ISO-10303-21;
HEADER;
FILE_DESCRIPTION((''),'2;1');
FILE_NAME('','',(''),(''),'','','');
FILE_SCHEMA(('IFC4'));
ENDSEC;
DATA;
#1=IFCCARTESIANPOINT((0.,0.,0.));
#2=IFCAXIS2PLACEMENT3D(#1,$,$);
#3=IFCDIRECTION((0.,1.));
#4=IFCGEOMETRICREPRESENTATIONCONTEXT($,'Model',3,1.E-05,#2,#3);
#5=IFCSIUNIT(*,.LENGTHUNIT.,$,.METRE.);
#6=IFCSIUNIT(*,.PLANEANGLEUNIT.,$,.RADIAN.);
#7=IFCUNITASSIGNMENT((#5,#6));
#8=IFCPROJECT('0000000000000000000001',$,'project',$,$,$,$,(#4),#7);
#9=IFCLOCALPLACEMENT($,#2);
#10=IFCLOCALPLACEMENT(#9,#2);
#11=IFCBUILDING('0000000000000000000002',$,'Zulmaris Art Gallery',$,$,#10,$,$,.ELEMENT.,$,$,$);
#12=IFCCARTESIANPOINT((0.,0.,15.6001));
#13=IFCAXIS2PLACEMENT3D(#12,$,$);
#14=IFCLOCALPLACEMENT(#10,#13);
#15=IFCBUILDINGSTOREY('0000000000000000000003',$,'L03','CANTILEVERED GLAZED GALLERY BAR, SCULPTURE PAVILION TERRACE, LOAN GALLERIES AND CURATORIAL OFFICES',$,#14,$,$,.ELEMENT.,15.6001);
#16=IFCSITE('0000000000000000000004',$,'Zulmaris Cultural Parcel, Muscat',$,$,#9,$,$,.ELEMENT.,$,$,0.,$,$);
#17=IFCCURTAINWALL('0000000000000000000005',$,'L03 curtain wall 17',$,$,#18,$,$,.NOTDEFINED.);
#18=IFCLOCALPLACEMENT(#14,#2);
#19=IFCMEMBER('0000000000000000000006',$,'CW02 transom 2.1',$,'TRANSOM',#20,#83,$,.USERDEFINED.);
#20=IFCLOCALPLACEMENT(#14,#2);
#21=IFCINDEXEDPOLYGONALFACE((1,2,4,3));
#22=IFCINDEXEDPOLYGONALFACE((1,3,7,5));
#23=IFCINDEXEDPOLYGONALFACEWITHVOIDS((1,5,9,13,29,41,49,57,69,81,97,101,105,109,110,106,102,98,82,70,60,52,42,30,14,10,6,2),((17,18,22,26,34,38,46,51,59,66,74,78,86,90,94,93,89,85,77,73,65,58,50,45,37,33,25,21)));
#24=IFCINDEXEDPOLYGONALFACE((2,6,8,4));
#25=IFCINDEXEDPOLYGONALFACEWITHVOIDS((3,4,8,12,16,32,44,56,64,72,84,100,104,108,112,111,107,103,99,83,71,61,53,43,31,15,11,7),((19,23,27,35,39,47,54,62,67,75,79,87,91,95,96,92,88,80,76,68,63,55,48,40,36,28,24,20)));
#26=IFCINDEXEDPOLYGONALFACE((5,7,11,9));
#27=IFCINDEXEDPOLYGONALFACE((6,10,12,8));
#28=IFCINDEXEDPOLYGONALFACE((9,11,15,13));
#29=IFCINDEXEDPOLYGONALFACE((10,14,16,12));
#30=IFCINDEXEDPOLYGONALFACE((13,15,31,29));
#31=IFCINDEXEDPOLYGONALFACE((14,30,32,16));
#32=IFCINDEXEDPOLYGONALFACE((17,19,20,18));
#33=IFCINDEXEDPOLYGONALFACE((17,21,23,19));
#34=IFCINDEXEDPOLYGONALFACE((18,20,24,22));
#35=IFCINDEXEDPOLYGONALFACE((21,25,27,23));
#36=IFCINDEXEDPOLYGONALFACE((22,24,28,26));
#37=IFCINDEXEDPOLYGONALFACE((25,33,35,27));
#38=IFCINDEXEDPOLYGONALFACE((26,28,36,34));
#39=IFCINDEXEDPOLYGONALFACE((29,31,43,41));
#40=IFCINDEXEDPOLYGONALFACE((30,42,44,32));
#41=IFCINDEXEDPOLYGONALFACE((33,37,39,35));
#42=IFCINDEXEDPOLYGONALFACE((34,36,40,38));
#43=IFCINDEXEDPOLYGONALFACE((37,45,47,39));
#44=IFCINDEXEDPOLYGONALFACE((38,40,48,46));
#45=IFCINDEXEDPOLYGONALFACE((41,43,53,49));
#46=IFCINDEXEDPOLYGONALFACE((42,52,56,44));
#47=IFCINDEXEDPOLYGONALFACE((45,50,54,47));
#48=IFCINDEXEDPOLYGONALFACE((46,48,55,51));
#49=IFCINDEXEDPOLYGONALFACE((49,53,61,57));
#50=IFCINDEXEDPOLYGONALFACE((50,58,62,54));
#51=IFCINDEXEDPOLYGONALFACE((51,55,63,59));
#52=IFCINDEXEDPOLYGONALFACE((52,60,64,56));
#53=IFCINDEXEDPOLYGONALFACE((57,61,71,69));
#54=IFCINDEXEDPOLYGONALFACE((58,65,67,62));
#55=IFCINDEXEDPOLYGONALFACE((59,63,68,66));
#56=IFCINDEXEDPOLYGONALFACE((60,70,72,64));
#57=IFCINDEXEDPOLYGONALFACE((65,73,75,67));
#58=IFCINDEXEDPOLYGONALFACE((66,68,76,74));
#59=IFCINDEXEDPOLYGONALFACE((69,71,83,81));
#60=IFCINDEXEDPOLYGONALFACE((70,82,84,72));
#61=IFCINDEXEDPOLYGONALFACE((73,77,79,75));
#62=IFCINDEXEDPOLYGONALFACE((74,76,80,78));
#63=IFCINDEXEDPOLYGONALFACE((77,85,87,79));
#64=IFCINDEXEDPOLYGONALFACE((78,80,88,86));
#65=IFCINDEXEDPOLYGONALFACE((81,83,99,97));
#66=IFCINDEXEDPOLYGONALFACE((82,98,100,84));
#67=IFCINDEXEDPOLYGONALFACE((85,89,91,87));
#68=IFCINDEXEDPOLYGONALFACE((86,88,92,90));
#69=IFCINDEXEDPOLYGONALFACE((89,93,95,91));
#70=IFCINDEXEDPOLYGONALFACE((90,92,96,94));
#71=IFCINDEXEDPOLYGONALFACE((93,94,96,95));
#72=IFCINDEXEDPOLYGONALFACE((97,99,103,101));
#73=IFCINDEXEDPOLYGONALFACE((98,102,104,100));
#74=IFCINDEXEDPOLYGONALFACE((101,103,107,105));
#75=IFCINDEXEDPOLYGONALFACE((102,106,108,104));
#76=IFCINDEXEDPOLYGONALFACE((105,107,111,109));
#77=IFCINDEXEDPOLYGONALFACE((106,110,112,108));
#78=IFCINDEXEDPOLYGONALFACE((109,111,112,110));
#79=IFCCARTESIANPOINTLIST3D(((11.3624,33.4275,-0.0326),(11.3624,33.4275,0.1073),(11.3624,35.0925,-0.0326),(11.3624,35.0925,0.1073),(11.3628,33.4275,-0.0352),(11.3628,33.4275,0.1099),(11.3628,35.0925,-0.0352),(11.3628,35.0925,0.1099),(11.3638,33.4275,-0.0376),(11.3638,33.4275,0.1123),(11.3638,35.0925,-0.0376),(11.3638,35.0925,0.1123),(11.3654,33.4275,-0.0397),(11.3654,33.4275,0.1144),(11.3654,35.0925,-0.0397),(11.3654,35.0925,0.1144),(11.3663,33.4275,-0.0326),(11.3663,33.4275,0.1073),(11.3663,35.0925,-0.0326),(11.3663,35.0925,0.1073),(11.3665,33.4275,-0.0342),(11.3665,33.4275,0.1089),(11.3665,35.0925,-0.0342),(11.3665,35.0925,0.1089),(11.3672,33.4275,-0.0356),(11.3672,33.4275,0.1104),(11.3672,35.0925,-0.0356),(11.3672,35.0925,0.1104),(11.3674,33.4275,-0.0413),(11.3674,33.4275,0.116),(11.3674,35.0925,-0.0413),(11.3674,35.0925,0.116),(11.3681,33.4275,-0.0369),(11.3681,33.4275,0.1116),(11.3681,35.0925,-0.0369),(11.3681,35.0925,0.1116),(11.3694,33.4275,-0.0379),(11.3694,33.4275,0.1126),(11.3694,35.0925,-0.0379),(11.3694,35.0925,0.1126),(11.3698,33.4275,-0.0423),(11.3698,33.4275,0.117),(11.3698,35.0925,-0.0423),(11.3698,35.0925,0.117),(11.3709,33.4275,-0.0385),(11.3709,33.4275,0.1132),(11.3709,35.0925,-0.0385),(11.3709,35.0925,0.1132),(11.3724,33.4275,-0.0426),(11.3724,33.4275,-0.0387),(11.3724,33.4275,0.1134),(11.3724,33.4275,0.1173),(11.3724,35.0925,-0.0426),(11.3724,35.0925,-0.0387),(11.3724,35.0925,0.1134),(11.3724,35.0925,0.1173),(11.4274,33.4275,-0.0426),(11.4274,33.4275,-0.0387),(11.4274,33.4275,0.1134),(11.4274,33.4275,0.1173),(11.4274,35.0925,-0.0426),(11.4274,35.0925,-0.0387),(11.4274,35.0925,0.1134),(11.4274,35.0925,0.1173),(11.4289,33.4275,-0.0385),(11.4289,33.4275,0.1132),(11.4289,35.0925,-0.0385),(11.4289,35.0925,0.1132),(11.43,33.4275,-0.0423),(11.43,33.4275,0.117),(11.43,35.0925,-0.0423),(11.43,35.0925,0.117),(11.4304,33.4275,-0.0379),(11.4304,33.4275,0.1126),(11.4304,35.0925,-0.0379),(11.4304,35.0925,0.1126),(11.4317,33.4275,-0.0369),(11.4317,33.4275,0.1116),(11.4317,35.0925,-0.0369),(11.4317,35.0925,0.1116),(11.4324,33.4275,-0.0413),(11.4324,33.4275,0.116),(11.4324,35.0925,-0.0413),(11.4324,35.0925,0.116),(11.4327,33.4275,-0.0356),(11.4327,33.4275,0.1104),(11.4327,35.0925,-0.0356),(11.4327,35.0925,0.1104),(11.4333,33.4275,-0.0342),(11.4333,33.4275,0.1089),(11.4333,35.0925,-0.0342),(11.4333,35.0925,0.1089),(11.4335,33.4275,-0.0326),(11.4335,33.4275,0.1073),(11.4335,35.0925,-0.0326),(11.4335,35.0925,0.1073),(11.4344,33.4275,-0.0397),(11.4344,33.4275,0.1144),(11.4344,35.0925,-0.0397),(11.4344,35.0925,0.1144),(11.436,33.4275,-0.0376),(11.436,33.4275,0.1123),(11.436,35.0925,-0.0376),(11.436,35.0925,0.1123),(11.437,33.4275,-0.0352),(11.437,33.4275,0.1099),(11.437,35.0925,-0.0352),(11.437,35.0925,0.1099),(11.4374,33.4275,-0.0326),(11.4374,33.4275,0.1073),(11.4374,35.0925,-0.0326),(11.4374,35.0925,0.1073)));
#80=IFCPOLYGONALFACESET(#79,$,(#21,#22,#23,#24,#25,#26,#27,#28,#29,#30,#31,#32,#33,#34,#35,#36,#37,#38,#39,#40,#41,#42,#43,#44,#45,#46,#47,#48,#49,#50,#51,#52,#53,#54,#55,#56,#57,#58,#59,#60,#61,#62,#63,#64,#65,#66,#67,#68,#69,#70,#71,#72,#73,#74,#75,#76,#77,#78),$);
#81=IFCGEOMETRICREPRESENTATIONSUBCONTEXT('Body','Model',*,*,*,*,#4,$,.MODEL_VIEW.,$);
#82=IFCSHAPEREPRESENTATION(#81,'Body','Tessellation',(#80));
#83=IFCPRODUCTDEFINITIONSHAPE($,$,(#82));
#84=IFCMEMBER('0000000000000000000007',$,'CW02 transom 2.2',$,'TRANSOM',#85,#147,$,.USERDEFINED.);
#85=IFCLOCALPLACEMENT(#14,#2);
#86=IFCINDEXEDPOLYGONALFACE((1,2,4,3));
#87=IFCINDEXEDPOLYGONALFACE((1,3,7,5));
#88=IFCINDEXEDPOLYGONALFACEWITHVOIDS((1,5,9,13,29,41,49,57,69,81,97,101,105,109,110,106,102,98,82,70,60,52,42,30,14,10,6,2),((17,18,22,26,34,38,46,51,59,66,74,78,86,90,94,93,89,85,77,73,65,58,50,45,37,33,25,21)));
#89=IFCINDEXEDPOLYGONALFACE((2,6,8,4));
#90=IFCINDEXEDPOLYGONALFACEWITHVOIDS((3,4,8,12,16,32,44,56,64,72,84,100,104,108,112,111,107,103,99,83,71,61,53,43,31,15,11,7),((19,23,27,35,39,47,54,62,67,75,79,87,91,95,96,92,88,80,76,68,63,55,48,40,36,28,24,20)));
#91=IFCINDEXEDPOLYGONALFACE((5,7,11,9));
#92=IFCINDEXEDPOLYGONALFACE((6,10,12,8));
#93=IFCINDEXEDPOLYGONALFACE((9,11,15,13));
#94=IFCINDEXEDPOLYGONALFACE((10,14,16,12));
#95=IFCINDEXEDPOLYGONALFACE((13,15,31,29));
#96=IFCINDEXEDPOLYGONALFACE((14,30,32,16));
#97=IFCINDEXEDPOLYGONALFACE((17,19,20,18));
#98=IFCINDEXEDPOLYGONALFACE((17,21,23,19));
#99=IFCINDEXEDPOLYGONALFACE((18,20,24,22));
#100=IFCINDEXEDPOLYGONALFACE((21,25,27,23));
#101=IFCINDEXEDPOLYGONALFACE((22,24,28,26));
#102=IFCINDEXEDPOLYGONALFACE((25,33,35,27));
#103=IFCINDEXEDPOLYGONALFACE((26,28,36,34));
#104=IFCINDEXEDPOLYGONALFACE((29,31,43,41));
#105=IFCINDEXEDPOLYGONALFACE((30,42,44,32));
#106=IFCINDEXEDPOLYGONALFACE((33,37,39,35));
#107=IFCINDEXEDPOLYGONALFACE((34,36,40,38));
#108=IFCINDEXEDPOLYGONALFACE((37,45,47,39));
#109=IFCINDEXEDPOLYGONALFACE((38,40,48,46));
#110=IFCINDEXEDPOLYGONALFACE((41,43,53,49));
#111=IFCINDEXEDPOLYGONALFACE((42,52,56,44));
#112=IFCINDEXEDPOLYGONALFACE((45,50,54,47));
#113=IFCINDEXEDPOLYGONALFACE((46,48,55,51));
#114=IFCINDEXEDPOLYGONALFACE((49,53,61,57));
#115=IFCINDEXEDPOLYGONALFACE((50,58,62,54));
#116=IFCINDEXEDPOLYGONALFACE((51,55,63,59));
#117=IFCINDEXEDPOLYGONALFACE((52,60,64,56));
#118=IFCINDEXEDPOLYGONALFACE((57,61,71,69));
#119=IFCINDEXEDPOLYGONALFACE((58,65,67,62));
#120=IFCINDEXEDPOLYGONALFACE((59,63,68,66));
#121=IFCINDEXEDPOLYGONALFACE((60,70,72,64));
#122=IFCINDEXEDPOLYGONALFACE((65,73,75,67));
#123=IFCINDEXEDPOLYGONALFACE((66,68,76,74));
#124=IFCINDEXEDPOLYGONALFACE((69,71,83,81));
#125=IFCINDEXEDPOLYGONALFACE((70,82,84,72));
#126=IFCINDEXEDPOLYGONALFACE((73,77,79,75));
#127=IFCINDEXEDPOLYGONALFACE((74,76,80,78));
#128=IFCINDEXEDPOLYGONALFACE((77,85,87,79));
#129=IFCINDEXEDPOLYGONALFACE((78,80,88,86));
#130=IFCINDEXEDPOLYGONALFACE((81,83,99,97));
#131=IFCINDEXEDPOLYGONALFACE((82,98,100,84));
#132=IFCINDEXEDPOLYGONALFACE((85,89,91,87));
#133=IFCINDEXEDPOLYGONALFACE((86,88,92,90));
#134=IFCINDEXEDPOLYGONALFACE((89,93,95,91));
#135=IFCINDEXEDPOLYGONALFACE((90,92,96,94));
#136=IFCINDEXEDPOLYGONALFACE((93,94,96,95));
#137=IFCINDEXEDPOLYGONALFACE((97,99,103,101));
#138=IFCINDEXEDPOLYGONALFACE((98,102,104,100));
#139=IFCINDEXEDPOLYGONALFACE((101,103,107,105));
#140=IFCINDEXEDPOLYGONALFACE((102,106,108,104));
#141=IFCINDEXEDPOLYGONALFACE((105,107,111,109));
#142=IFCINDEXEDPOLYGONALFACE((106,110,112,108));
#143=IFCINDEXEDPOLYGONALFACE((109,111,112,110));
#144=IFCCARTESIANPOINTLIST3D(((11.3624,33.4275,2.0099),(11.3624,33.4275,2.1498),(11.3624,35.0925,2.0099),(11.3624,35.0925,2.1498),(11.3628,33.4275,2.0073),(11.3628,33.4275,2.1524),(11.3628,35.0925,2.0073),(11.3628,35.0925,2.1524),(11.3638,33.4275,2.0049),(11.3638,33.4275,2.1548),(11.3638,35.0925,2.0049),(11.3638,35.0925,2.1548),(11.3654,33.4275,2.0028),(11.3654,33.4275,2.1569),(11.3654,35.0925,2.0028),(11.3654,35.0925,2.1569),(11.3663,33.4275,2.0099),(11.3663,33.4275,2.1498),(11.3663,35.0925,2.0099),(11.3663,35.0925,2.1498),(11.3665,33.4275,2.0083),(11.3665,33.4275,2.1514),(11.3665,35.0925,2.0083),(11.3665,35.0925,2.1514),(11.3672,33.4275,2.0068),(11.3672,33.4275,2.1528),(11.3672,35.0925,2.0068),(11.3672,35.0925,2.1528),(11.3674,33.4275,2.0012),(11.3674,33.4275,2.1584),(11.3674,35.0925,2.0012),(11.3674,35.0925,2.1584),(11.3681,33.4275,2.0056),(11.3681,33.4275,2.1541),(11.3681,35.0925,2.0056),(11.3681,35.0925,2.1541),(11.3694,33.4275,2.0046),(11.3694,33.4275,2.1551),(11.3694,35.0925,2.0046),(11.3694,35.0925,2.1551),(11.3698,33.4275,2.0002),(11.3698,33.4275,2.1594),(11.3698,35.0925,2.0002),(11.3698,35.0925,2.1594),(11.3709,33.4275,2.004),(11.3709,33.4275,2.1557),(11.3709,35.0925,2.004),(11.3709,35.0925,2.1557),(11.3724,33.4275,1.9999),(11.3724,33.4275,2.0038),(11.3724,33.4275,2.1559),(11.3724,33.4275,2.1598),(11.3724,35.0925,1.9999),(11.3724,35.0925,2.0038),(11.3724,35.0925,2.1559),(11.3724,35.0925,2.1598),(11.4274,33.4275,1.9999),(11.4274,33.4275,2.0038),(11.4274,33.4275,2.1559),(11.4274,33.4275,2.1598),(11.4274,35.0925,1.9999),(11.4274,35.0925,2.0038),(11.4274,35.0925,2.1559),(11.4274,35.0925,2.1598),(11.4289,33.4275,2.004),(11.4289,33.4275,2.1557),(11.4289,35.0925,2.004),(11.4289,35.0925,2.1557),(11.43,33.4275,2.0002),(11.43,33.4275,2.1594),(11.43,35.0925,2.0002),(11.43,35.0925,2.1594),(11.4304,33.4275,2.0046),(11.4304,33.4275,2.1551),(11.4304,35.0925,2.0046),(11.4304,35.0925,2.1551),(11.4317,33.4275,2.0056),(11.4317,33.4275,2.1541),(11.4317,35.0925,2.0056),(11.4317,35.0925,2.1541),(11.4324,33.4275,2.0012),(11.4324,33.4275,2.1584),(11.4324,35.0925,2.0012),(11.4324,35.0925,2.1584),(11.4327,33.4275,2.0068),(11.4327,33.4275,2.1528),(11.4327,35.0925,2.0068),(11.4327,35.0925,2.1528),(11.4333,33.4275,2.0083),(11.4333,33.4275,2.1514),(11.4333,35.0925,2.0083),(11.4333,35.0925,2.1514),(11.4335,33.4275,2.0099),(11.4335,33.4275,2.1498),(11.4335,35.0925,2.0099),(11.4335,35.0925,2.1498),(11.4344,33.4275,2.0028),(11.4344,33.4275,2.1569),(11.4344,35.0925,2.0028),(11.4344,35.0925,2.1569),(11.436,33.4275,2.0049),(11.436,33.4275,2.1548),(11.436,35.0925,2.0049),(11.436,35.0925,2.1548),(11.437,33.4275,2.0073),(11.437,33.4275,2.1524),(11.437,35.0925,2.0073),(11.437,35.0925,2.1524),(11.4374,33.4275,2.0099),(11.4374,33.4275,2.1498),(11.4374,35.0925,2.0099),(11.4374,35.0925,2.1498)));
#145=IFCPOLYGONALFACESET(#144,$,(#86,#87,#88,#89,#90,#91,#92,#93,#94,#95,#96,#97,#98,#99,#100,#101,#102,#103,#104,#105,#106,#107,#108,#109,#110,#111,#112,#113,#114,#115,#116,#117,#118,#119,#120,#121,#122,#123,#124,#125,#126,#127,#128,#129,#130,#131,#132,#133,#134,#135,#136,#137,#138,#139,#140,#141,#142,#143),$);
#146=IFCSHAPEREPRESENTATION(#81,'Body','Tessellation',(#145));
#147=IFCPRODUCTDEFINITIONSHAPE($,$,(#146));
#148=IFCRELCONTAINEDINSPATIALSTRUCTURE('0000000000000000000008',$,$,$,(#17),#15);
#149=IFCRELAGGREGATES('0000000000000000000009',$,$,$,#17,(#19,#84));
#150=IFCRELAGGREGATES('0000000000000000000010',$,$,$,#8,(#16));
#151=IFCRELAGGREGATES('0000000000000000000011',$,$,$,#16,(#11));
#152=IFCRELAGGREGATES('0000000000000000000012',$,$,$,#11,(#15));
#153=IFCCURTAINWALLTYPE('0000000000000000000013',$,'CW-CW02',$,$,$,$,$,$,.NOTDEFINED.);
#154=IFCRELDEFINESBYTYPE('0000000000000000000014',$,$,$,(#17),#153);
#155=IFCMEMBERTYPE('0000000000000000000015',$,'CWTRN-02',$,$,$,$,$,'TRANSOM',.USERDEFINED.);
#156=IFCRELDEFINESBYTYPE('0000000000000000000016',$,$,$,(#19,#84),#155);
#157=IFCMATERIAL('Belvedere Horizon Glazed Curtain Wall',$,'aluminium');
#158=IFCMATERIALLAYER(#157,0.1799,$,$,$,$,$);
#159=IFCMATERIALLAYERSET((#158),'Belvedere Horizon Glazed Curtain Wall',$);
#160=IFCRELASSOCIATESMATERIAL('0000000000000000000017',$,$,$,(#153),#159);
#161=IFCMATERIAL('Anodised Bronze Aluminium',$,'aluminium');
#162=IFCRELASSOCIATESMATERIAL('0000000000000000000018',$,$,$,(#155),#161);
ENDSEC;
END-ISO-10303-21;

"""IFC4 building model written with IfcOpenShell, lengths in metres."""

from ifc_helpers import new_model, si_unit, direction, frame, origin, origin_2d, place, context, subcontext, project, spatial, hollow_rectangle, extrude, material, layer, layer_set, material_profile, profile_set, type_object, element, aggregate, save


model = new_model("IFC4")

# Units and contexts
model_context = context("Model", 3, precision=1e-05, world=origin(), true_north=direction((0.0, 1.0)))
body_context = subcontext(model_context, "Body", "Model", "MODEL_VIEW")
ifc_project = project(units=[si_unit("LENGTHUNIT", "METRE"), si_unit("PLANEANGLEUNIT", "RADIAN")], contexts=[model_context])

# Site, building, storey
site_placement = place(None, origin())
site = spatial("IfcSite", under=ifc_project, at=site_placement, Name="Zulmaris Cultural Parcel, Muscat", CompositionType="ELEMENT", RefElevation=0.0)
building_placement = place(site_placement, origin())
building = spatial("IfcBuilding", under=site, at=building_placement, Name="Zulmaris Art Gallery", CompositionType="ELEMENT")
storey_placement = place(building_placement, frame((0.0, 0.0, 15.6001)))
storey = spatial("IfcBuildingStorey", under=building, at=storey_placement, Name="L03", Description="CANTILEVERED GLAZED GALLERY BAR, SCULPTURE PAVILION TERRACE, LOAN GALLERIES AND CURATORIAL OFFICES", CompositionType="ELEMENT", Elevation=15.6001)

# Shared definitions
ifc_material_1 = material(Name="Belvedere Horizon Glazed Curtain Wall", Category="aluminium")
ifc_layer_1 = layer(ifc_material_1, 0.1799)
ifc_layer_set_1 = layer_set([ifc_layer_1], Name="Belvedere Horizon Glazed Curtain Wall")
curtain_wall_type = type_object("IfcCurtainWallType", Name="CW-CW02", PredefinedType="NOTDEFINED", material=ifc_layer_set_1)
ifc_material_2 = material(Name="Anodised Bronze Aluminium", Category="aluminium")

# Curtain wall, members
curtain_wall_1_placement = place(storey_placement, origin())
curtain_wall_1 = element("IfcCurtainWall", 1, at=curtain_wall_1_placement, inside=storey, type_object=curtain_wall_type, Name="L03 curtain wall 17", PredefinedType="NOTDEFINED")
ifc_material_profile_1 = material_profile(ifc_material_2, hollow_rectangle(XDim=0.075, YDim=0.1599, WallThickness=0.0039, InnerFilletRadius=0.0061, OuterFilletRadius=0.01, at=origin_2d()), Name="ALU 75x160x4")
ifc_profile_set_1 = profile_set([ifc_material_profile_1], Name="Anodised Bronze Aluminium")
member_type_1 = type_object("IfcMemberType", Name="CWTRN-02", ElementType="TRANSOM", PredefinedType="USERDEFINED", material=ifc_profile_set_1)
member_1_placement = place(storey_placement, frame((11.3999, 33.4275, 0.0374), z_axis=(0.0, 1.0, 0.0), x_axis=(-1.0, 0.0, 0.0)))
member_1 = element("IfcMember", 2, at=member_1_placement, type_object=member_type_1, Name="CW02 transom 2.1", ObjectType="TRANSOM", PredefinedType="USERDEFINED", context=body_context, shape_type="SweptSolid", body=[
    extrude(hollow_rectangle(XDim=0.075, YDim=0.1599, WallThickness=0.0039, InnerFilletRadius=0.0061, OuterFilletRadius=0.01, at=origin_2d()), origin(), (0.0, 0.0, 1.0), 1.665),
])
member_2_placement = place(storey_placement, frame((11.3999, 33.4275, 2.0798), z_axis=(0.0, 1.0, 0.0), x_axis=(-1.0, 0.0, 0.0)))
member_2 = element("IfcMember", 3, at=member_2_placement, type_object=member_type_1, Name="CW02 transom 2.2", ObjectType="TRANSOM", PredefinedType="USERDEFINED", context=body_context, shape_type="SweptSolid", body=[
    extrude(hollow_rectangle(XDim=0.075, YDim=0.1599, WallThickness=0.0039, InnerFilletRadius=0.0061, OuterFilletRadius=0.01, at=origin_2d()), origin(), (0.0, 0.0, 1.0), 1.665),
])

aggregate(curtain_wall_1, [member_1, member_2])

save(model, "model.ifc")
